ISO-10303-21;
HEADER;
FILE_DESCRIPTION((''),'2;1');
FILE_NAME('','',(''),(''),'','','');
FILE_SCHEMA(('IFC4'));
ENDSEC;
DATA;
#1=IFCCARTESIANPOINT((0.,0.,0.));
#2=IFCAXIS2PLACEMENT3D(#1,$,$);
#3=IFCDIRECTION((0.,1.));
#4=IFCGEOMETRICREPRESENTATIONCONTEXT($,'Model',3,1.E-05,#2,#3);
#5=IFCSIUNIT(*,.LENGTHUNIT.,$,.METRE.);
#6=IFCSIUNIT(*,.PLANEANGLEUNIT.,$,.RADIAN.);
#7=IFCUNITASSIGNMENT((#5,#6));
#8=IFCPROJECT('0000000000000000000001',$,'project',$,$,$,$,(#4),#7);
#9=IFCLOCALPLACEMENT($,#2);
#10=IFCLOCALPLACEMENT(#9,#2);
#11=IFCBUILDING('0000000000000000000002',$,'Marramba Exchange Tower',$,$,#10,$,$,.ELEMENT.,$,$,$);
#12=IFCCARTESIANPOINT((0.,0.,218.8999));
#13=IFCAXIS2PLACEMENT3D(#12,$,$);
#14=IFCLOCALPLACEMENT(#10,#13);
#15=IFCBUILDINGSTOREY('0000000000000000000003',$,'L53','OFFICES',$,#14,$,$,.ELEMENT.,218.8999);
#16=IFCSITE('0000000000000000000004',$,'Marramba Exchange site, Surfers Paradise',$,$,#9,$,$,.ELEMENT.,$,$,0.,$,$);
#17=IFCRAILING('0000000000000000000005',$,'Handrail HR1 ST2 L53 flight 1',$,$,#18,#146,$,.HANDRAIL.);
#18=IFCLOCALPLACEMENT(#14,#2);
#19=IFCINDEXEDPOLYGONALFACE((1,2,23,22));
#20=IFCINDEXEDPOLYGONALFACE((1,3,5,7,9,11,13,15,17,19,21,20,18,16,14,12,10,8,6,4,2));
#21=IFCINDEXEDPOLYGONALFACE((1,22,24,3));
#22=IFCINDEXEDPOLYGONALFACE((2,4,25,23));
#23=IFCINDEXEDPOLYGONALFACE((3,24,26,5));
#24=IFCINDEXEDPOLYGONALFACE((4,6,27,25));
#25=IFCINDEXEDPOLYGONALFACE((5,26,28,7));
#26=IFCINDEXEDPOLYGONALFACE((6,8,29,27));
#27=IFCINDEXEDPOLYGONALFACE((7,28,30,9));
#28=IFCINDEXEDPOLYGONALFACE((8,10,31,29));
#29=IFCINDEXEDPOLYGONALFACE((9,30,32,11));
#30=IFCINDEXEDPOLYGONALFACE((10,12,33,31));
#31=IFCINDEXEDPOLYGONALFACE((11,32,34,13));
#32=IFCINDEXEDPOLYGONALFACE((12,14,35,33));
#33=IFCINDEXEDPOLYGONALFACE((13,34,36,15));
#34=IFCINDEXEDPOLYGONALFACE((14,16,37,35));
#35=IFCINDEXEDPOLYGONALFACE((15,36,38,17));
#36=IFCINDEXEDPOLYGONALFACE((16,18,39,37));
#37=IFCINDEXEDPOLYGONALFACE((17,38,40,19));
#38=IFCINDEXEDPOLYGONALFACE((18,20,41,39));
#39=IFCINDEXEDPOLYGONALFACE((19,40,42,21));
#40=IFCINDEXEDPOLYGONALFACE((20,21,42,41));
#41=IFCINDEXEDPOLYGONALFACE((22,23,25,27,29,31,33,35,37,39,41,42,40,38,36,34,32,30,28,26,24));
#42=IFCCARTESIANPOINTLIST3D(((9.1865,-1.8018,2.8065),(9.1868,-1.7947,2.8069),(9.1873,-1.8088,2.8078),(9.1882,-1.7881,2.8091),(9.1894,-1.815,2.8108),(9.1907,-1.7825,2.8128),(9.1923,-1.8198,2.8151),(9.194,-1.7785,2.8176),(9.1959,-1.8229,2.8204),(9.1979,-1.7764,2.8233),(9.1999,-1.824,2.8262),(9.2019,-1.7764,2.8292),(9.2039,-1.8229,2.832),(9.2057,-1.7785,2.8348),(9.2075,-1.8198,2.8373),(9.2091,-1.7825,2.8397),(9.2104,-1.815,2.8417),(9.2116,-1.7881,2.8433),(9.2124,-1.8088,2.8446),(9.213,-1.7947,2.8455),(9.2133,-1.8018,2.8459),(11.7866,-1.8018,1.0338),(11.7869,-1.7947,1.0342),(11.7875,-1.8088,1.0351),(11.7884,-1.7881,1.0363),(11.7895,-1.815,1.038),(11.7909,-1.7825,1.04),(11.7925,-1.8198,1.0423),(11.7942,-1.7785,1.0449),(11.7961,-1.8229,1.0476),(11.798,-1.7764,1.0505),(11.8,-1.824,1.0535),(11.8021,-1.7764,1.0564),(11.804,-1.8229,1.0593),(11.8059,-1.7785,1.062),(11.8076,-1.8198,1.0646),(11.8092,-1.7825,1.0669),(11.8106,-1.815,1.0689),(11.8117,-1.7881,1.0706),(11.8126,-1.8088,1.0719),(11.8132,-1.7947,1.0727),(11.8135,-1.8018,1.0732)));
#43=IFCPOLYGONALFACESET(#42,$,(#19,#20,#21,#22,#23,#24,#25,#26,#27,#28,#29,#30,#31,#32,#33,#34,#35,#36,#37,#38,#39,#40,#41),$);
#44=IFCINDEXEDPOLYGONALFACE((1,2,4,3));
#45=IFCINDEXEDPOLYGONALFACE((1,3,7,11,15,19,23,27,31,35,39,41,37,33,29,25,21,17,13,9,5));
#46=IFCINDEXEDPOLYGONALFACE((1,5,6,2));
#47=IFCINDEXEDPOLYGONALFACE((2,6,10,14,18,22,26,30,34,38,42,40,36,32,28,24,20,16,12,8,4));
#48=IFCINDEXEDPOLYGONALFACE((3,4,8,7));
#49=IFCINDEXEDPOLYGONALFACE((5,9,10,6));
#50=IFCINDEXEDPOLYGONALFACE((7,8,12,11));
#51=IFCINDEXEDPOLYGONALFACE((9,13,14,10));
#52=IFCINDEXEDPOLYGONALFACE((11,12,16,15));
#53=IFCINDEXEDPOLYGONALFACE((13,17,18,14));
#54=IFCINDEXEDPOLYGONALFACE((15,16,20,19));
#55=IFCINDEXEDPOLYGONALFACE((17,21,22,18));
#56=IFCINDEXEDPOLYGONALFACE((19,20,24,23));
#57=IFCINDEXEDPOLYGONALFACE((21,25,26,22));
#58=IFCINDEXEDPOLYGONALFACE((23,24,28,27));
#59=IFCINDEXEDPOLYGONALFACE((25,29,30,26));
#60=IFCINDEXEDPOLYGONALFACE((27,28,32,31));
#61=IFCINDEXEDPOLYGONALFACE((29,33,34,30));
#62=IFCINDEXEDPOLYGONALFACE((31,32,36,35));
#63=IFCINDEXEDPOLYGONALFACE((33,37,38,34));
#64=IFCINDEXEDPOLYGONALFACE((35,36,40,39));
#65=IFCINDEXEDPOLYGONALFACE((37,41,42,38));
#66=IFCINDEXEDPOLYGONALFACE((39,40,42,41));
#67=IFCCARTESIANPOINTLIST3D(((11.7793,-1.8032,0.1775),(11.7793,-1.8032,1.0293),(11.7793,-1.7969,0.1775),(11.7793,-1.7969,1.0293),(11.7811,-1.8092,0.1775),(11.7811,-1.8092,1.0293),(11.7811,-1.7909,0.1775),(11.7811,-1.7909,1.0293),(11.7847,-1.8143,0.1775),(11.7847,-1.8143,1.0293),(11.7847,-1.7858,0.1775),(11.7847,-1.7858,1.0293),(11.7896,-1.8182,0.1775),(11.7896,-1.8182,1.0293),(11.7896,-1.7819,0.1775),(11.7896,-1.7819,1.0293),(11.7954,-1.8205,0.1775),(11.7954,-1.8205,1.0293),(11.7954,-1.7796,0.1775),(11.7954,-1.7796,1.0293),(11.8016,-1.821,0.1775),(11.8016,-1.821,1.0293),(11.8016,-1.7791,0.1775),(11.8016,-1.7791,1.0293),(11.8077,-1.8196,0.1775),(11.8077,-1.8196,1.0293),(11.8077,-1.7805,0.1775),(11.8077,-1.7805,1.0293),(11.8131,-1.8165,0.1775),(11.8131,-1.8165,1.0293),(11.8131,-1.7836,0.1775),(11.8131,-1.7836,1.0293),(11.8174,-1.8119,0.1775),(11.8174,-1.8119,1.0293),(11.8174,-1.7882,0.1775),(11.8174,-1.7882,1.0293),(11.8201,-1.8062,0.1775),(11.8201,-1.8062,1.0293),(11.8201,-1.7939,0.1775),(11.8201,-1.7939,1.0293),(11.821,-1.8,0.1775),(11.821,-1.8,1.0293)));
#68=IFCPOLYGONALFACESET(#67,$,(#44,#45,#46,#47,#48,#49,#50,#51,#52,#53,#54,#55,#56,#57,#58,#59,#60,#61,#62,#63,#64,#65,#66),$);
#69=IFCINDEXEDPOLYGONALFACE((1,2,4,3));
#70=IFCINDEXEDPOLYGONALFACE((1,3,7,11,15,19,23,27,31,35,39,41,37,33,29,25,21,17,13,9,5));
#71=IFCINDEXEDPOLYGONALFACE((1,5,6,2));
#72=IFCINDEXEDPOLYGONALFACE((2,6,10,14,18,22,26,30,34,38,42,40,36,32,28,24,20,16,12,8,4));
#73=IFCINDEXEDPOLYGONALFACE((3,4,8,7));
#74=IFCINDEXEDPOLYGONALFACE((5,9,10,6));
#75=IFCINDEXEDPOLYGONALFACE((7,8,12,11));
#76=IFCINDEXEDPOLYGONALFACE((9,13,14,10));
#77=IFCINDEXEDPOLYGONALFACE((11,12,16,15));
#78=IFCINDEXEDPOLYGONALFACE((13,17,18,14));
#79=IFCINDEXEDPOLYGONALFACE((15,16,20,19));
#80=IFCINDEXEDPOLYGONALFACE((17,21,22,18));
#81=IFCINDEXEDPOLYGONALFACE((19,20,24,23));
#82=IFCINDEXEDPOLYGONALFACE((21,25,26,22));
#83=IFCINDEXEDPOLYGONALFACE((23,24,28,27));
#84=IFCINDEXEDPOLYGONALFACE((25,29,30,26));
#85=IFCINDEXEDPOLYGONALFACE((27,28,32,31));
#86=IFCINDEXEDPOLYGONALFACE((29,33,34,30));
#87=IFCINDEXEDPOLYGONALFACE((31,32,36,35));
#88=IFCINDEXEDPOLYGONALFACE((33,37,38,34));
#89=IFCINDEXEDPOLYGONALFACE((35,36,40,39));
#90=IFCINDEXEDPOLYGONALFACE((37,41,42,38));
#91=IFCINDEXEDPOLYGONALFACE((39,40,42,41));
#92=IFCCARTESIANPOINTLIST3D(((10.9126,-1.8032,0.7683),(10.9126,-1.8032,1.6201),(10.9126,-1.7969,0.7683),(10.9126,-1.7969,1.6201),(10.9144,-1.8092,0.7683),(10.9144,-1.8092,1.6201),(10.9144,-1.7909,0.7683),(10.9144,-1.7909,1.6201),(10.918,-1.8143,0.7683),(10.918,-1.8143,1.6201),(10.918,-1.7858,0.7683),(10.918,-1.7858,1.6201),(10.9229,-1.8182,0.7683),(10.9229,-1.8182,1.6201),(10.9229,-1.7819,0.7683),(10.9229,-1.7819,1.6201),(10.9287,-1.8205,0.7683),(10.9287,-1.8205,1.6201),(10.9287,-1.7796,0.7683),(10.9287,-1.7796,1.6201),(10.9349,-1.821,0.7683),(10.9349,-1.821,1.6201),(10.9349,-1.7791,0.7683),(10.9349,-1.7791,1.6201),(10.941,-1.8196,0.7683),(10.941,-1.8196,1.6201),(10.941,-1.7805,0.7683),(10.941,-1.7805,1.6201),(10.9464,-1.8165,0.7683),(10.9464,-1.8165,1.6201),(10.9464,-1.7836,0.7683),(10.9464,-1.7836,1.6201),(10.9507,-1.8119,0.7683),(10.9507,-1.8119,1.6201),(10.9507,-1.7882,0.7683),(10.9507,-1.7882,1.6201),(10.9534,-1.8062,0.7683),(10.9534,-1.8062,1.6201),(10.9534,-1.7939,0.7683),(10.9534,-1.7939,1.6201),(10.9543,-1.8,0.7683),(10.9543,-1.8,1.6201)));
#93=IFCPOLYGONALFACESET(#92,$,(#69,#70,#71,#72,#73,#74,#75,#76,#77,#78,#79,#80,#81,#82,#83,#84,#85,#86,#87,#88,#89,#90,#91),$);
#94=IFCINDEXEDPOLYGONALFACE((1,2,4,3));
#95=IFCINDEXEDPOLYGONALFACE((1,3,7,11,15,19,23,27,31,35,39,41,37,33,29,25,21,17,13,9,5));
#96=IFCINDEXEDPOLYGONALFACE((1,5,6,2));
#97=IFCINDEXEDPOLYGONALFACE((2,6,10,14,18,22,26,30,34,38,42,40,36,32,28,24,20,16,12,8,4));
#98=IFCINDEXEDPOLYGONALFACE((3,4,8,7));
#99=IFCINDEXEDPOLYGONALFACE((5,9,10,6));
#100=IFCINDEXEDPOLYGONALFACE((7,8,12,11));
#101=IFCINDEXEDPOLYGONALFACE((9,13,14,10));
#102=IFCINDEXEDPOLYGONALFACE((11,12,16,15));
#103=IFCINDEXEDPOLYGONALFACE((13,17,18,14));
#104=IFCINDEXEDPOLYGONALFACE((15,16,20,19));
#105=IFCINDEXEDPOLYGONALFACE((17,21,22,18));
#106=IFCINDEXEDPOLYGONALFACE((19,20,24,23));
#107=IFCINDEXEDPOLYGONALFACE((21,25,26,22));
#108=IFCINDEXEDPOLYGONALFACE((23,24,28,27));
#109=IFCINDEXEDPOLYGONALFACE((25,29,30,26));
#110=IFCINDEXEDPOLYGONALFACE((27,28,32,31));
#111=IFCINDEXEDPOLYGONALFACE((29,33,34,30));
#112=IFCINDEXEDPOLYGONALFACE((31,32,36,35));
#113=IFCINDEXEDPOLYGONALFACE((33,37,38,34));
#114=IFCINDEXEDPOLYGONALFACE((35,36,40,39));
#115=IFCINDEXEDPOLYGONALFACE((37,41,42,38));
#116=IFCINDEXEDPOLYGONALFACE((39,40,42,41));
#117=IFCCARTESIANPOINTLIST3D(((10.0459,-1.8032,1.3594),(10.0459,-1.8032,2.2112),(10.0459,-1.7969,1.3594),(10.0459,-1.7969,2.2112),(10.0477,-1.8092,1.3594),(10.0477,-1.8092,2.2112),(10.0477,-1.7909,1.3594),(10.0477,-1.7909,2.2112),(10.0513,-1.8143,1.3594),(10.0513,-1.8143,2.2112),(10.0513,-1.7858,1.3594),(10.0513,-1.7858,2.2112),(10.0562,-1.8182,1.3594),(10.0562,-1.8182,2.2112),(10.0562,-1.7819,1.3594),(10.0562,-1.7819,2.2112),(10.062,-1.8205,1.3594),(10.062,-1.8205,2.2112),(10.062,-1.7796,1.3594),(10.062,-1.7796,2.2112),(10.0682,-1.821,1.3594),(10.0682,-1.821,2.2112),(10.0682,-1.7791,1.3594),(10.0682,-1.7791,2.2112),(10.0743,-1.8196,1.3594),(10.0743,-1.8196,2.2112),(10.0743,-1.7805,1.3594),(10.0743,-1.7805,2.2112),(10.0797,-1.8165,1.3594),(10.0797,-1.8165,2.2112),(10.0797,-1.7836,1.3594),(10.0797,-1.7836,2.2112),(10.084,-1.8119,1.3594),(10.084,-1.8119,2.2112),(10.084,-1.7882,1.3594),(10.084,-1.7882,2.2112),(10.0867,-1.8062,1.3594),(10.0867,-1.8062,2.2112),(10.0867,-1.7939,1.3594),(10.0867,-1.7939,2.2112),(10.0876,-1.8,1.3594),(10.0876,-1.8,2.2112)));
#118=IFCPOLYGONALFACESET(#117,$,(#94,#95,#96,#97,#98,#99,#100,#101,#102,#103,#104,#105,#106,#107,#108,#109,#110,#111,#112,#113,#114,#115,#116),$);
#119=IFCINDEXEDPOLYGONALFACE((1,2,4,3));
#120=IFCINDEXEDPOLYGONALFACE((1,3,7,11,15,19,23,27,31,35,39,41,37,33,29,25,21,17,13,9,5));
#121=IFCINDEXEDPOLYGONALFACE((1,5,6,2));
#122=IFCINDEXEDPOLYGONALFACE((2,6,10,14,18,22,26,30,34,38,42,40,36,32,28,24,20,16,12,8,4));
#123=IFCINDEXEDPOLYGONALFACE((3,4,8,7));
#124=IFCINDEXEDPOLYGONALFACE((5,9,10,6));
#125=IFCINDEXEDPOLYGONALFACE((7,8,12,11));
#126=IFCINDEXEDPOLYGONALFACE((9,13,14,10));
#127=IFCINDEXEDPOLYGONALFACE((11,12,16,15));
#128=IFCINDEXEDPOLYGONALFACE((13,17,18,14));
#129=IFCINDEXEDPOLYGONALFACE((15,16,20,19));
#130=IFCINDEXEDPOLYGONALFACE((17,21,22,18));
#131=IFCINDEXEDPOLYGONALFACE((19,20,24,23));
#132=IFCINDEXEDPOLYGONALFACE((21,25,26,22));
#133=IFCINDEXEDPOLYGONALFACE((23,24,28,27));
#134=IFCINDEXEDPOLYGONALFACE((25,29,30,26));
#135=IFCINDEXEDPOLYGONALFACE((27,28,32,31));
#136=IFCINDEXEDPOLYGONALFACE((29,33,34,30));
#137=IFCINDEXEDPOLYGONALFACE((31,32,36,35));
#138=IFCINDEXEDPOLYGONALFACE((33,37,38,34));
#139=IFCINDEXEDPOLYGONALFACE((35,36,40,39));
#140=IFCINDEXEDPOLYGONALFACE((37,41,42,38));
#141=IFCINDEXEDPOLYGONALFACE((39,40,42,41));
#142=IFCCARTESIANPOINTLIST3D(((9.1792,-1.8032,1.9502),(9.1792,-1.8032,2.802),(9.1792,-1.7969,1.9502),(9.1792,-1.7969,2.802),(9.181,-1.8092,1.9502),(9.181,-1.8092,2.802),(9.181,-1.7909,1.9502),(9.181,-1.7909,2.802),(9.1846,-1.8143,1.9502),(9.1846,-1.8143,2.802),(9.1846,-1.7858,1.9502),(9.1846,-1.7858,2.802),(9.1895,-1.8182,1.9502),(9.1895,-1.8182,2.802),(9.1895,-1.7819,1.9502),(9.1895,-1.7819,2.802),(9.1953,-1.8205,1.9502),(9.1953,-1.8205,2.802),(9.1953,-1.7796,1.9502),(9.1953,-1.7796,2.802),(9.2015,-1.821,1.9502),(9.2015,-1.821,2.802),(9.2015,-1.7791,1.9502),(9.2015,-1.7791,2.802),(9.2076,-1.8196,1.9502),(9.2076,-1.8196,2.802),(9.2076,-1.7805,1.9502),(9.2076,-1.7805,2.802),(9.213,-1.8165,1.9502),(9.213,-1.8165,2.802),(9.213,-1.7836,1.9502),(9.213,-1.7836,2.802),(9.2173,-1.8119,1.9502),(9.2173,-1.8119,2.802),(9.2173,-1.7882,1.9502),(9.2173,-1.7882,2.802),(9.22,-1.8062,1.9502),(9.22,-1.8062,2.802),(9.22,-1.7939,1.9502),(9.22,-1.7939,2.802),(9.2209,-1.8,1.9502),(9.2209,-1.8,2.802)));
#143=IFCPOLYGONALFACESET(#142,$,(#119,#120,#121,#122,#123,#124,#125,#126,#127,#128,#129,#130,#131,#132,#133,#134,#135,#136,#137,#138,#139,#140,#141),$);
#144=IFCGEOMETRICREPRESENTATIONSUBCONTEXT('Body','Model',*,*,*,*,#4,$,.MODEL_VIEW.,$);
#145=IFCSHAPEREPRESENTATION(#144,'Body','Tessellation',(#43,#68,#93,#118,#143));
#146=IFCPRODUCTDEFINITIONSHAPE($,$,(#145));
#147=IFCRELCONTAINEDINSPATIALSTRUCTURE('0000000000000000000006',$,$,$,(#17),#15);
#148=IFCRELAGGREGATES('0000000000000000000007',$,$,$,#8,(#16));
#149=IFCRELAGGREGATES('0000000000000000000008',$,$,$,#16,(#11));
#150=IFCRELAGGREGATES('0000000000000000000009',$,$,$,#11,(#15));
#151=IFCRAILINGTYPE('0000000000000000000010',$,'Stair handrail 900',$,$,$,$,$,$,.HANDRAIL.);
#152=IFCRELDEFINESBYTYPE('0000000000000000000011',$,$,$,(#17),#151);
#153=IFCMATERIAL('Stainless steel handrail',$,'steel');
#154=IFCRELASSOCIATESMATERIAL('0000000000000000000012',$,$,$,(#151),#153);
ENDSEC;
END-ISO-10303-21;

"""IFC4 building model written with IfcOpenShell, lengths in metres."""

from ifc_helpers import new_model, si_unit, direction, frame, origin, origin_2d, place, context, subcontext, project, spatial, circle, extrude, material, type_object, element, save


model = new_model("IFC4")

# Units and contexts
model_context = context("Model", 3, precision=1e-05, world=origin(), true_north=direction((0.0, 1.0)))
body_context = subcontext(model_context, "Body", "Model", "MODEL_VIEW")
ifc_project = project(units=[si_unit("LENGTHUNIT", "METRE"), si_unit("PLANEANGLEUNIT", "RADIAN")], contexts=[model_context])

# Site, building, storey
site_placement = place(None, origin())
site = spatial("IfcSite", under=ifc_project, at=site_placement, Name="Marramba Exchange site, Surfers Paradise", CompositionType="ELEMENT", RefElevation=0.0)
building_placement = place(site_placement, origin())
building = spatial("IfcBuilding", under=site, at=building_placement, Name="Marramba Exchange Tower", CompositionType="ELEMENT")
storey_placement = place(building_placement, frame((0.0, 0.0, 218.8999)))
storey = spatial("IfcBuildingStorey", under=building, at=storey_placement, Name="L53", Description="OFFICES", CompositionType="ELEMENT", Elevation=218.8999)

# Railing
ifc_material_1 = material(Name="Stainless steel handrail", Category="steel")
railing_type = type_object("IfcRailingType", Name="Stair handrail 900", PredefinedType="HANDRAIL", material=ifc_material_1)
railing_placement = place(storey_placement, frame((11.8, -1.8, 0.1775)))
element("IfcRailing", 1, at=railing_placement, inside=storey, type_object=railing_type, Name="Handrail HR1 ST2 L53 flight 1", PredefinedType="HANDRAIL", context=body_context, shape_type="SweptSolid", body=[
    extrude(circle(Radius=0.0239, at=origin_2d()), frame((0.0, 0.0, 0.876), z_axis=(-0.82624, 0.0, 0.563318), x_axis=(0.0, -1.0, 0.0)), (0.0, 0.0, 1.0), 3.147),
    extrude(circle(Radius=0.021, at=origin_2d()), origin(), (0.0, 0.0, 1.0), 0.8518),
    extrude(circle(Radius=0.021, at=origin_2d()), frame((-0.8667, 0.0, 0.5908)), (0.0, 0.0, 1.0), 0.8518),
    extrude(circle(Radius=0.021, at=origin_2d()), frame((-1.7334, 0.0, 1.1819)), (0.0, 0.0, 1.0), 0.8518),
    extrude(circle(Radius=0.021, at=origin_2d()), frame((-2.6001, 0.0, 1.7727)), (0.0, 0.0, 1.0), 0.8518),
])

save(model, "model.ifc")
